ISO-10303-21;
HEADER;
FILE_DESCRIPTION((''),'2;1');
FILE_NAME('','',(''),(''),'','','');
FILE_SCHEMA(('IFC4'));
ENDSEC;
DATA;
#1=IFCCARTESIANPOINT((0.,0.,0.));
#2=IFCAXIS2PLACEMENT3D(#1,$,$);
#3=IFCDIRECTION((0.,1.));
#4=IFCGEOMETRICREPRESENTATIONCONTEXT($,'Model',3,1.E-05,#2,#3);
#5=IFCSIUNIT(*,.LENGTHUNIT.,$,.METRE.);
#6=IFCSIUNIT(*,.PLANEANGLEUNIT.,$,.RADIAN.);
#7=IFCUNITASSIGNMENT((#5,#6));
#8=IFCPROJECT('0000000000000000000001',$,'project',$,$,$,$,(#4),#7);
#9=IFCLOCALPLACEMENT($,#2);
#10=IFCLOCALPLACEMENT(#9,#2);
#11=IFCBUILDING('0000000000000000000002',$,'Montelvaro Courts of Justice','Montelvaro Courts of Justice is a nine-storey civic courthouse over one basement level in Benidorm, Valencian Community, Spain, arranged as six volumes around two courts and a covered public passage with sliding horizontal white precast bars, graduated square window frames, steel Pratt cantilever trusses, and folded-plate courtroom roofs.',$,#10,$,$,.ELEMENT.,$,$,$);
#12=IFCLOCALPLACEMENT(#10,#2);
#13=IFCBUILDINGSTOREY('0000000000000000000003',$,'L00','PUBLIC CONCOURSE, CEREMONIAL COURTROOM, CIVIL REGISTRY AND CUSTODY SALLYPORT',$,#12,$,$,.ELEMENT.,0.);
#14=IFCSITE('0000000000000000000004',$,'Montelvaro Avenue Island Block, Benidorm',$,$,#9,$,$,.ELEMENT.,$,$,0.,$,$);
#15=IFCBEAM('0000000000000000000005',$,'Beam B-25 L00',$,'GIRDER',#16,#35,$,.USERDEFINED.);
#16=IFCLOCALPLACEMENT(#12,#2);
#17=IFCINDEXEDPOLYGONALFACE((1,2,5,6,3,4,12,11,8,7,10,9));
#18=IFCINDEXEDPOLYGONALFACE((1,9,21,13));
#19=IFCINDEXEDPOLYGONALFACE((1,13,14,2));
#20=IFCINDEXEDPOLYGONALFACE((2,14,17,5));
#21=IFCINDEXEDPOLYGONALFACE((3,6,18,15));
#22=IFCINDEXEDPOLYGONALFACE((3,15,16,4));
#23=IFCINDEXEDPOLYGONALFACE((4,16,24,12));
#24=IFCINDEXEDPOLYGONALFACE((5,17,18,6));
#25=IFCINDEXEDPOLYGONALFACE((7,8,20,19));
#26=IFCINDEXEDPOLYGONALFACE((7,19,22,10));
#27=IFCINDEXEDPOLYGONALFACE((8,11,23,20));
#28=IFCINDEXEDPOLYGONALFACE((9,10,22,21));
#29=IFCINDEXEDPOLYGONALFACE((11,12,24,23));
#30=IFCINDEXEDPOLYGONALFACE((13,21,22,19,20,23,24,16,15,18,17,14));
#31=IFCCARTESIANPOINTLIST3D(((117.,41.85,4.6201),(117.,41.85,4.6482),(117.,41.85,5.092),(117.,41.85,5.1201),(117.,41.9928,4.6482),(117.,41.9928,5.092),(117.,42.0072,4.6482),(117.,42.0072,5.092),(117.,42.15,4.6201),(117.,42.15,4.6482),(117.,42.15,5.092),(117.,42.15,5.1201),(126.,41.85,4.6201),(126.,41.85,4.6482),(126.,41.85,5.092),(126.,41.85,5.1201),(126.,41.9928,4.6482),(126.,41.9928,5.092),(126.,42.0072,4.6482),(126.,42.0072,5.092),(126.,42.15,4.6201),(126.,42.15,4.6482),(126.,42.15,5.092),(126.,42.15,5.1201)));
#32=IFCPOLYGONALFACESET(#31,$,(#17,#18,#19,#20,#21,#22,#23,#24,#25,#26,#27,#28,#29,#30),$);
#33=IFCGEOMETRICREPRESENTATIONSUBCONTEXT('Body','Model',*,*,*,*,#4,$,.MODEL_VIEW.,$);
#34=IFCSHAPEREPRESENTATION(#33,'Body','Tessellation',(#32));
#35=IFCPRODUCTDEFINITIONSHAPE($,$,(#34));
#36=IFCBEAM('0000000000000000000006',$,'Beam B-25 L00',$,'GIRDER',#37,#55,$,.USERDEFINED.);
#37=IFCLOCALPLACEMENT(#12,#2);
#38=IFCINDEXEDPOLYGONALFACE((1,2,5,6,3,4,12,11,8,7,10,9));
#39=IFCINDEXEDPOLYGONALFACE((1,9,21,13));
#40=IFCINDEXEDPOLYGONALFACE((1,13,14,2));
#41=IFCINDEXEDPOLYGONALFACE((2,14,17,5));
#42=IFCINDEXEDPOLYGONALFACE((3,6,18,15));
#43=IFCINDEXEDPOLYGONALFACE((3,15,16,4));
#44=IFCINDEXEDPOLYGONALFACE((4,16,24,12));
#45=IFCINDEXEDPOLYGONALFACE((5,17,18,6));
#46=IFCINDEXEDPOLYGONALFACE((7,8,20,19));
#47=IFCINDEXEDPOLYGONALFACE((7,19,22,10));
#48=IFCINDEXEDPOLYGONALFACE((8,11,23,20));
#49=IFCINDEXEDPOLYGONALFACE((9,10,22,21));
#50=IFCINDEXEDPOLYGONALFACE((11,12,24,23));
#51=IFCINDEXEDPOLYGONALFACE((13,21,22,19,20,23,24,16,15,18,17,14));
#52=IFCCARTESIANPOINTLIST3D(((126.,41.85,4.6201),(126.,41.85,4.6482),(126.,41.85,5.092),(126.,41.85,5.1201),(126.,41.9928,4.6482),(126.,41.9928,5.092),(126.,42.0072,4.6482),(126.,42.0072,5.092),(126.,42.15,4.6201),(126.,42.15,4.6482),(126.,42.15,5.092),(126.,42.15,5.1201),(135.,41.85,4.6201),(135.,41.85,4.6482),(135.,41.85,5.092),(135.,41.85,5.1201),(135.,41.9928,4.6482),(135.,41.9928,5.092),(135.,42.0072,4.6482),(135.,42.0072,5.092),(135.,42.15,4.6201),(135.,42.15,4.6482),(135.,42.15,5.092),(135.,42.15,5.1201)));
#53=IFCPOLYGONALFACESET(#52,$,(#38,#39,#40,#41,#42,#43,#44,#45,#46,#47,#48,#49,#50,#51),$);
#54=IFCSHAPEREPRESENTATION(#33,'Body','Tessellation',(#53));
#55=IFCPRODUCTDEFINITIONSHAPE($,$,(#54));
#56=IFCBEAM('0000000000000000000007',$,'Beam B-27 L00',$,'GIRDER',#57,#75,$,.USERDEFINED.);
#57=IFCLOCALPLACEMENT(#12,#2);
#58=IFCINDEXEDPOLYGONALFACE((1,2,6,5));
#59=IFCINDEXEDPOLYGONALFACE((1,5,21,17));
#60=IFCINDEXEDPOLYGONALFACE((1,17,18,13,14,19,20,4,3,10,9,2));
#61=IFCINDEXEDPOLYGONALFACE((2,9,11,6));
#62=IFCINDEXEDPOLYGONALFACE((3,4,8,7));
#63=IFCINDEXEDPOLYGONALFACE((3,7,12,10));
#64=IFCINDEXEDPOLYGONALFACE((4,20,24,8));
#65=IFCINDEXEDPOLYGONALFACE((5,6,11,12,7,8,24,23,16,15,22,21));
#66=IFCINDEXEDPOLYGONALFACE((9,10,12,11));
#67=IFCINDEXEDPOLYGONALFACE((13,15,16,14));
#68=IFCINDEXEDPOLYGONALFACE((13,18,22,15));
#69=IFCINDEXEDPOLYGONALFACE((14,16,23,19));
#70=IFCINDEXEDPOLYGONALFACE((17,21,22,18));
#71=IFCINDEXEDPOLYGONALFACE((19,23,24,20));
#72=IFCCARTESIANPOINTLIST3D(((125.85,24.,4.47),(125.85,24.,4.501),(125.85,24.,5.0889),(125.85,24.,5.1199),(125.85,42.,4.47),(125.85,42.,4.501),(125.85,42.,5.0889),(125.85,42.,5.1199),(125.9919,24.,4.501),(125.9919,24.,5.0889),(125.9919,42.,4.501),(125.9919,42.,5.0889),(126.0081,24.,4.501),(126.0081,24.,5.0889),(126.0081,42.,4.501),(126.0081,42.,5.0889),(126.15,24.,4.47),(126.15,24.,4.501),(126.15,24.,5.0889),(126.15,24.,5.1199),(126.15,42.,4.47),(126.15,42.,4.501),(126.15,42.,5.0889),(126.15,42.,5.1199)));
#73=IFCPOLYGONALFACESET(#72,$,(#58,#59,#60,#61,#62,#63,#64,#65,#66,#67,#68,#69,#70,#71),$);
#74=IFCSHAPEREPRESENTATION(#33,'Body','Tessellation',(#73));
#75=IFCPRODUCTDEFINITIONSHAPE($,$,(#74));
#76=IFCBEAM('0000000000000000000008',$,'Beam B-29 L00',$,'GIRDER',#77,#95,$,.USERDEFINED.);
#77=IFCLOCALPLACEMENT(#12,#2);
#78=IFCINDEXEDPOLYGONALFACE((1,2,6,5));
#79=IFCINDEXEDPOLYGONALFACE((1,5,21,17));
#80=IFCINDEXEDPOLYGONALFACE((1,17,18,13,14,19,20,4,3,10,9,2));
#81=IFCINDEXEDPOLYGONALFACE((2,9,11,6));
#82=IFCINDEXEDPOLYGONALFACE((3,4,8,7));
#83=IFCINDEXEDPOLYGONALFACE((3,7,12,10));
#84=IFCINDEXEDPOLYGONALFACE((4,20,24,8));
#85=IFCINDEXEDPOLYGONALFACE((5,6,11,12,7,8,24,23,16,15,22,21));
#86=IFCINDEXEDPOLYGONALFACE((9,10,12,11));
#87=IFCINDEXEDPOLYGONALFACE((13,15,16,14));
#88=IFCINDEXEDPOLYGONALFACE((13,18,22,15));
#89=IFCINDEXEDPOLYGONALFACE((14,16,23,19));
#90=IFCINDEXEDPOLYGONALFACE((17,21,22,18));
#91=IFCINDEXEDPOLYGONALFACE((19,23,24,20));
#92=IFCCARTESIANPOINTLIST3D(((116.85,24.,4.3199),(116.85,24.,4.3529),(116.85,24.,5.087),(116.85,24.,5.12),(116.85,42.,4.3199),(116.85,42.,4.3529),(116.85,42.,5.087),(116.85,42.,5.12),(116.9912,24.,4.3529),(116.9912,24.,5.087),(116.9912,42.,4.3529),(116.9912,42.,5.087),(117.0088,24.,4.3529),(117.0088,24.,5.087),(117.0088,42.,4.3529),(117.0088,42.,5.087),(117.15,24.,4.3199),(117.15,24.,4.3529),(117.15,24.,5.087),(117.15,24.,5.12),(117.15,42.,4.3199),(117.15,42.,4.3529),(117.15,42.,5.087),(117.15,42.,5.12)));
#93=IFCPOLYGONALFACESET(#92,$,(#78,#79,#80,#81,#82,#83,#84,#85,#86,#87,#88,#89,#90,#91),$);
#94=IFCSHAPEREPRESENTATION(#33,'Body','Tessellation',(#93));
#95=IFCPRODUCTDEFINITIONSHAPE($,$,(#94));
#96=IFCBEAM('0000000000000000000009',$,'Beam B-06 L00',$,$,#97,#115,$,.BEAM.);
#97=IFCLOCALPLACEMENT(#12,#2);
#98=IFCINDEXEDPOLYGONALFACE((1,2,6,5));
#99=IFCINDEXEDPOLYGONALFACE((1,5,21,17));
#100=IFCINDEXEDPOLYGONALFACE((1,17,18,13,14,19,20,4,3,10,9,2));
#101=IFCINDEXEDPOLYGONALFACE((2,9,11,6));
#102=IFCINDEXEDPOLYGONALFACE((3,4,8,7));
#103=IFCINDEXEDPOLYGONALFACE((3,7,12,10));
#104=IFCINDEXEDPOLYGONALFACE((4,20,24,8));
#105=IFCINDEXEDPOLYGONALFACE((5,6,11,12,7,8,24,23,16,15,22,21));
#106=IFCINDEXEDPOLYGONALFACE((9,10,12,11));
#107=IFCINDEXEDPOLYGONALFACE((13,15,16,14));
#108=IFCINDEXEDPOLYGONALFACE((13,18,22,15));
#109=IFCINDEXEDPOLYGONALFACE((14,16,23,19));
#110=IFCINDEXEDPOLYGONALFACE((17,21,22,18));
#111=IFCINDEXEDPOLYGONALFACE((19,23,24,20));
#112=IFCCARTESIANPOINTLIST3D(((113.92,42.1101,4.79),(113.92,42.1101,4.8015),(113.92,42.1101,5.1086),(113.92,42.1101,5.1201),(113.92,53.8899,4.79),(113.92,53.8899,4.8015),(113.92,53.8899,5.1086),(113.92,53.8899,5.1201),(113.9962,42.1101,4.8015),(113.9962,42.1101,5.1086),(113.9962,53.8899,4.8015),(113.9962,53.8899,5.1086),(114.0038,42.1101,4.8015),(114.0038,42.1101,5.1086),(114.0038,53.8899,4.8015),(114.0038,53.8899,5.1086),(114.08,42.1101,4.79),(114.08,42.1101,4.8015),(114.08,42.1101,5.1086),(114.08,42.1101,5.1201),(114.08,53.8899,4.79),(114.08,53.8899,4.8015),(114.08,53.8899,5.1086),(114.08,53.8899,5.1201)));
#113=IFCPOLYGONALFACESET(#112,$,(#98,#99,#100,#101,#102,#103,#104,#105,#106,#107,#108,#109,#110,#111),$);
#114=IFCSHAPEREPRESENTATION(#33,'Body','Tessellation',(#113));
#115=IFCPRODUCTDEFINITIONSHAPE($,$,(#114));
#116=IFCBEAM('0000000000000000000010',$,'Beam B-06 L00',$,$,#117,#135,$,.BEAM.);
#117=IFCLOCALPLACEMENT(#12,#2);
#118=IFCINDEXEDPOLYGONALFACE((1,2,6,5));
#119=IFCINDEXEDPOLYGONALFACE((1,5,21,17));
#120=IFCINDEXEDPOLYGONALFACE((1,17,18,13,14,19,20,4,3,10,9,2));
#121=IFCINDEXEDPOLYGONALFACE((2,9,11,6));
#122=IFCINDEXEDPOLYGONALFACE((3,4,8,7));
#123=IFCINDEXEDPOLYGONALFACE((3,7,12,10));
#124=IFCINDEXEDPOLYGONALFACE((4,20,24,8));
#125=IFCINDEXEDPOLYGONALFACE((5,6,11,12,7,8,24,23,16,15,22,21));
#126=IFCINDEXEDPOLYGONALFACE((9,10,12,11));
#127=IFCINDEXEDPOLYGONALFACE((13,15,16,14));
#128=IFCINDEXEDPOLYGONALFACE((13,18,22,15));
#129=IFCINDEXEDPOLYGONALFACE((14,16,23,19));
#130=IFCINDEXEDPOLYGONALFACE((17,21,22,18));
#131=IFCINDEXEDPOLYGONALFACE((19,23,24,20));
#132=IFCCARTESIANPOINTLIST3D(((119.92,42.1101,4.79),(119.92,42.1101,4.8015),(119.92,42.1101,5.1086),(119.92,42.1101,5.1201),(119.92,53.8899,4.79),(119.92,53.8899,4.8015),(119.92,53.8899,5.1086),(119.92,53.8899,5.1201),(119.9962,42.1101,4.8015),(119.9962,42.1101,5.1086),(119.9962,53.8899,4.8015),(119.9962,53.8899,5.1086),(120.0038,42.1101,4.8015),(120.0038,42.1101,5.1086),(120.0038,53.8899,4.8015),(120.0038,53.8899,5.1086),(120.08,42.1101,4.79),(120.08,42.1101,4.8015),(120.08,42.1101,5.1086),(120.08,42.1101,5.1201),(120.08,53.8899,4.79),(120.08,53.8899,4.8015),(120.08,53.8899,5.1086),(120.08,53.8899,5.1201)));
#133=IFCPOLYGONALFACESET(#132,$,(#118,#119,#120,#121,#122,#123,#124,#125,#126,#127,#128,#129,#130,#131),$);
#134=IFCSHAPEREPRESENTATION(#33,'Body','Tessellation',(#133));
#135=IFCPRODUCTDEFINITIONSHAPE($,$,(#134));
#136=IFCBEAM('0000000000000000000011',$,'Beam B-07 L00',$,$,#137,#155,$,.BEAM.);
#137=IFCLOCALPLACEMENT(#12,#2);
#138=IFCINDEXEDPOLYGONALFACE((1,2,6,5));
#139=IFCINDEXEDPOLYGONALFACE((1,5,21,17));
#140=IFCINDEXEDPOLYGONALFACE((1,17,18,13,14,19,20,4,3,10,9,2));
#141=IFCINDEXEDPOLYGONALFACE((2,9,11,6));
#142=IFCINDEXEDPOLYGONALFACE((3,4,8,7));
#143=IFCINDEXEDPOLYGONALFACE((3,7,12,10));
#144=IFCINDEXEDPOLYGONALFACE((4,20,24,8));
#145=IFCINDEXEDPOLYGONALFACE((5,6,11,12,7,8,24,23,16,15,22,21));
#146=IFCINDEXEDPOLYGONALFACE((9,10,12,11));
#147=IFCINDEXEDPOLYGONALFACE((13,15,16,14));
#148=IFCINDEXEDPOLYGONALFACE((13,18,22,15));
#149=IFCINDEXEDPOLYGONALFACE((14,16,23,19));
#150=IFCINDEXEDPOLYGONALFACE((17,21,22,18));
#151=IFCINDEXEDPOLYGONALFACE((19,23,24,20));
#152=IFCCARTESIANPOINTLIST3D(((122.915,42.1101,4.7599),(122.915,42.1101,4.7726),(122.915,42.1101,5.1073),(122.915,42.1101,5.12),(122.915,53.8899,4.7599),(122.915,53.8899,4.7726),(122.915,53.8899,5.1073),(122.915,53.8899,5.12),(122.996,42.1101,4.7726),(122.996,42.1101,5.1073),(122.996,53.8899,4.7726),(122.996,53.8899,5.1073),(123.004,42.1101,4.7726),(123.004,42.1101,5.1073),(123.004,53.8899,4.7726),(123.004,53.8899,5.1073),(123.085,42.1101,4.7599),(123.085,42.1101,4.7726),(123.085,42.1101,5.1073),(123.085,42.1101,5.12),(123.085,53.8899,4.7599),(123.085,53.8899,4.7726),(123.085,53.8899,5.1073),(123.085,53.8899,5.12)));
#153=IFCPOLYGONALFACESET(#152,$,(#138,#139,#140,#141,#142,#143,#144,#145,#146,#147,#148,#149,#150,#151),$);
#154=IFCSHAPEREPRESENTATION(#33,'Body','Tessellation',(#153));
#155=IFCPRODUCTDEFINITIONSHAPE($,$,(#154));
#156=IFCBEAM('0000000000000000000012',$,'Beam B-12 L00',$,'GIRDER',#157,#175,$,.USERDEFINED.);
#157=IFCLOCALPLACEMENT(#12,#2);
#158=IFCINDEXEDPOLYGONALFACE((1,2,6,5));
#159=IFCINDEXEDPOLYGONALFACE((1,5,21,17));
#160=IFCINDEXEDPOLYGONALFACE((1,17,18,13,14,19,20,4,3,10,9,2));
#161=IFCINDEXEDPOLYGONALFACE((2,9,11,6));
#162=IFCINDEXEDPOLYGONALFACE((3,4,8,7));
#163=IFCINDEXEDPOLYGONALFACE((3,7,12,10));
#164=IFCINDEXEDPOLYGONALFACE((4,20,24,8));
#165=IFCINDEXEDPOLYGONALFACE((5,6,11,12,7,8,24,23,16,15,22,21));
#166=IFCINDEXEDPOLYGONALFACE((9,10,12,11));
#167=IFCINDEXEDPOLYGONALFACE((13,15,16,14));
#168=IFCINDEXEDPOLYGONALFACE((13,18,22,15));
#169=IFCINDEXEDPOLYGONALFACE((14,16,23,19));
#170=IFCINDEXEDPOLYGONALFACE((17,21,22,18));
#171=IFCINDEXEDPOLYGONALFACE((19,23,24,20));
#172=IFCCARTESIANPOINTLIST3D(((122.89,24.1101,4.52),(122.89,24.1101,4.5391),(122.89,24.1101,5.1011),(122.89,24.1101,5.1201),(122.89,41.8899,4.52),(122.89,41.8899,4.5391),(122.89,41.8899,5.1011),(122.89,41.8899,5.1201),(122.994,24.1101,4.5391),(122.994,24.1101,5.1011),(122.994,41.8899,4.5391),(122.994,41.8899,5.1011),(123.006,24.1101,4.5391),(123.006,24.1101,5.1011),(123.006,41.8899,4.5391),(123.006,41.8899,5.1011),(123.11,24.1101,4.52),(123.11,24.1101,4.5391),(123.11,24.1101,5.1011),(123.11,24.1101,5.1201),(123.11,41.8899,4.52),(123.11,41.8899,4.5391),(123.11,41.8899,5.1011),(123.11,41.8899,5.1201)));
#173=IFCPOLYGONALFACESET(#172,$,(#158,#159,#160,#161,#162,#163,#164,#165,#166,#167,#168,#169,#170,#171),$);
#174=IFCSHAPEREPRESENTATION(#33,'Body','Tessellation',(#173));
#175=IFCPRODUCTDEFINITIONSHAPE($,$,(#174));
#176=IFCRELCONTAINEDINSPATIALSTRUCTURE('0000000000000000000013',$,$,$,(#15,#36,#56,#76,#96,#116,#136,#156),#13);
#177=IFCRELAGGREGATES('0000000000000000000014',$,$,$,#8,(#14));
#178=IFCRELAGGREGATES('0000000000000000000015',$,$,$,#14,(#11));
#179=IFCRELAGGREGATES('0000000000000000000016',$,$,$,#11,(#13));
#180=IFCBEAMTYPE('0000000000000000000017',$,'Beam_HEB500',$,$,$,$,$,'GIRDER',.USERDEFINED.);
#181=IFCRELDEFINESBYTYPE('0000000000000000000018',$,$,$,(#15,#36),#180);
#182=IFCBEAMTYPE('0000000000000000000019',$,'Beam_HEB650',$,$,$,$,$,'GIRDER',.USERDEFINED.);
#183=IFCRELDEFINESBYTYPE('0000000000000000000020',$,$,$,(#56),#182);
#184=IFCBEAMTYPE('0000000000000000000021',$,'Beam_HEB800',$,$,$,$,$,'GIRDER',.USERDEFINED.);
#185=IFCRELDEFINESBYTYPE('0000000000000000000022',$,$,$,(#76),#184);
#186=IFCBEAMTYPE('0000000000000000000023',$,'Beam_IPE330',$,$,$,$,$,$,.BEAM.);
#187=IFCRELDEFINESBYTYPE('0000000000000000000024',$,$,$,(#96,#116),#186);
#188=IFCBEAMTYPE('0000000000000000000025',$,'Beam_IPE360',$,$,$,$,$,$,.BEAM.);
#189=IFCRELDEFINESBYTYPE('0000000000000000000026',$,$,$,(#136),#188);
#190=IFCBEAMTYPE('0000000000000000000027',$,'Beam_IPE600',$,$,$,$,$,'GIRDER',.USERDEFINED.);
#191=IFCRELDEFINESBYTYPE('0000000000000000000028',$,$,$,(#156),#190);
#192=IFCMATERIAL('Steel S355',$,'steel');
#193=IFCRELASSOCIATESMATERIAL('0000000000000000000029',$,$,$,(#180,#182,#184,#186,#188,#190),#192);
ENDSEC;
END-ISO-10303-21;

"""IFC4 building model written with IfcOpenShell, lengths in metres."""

from ifc_helpers import new_model, si_unit, direction, frame, origin, origin_2d, place, context, subcontext, project, spatial, i_section, extrude, material, material_profile, profile_set, type_object, element, save


model = new_model("IFC4")

# Units and contexts
model_context = context("Model", 3, precision=1e-05, world=origin(), true_north=direction((0.0, 1.0)))
body_context = subcontext(model_context, "Body", "Model", "MODEL_VIEW")
ifc_project = project(units=[si_unit("LENGTHUNIT", "METRE"), si_unit("PLANEANGLEUNIT", "RADIAN")], contexts=[model_context])

# Site, building, storey
site_placement = place(None, origin())
site = spatial("IfcSite", under=ifc_project, at=site_placement, Name="Montelvaro Avenue Island Block, Benidorm", CompositionType="ELEMENT", RefElevation=0.0)
building_placement = place(site_placement, origin())
building = spatial("IfcBuilding", under=site, at=building_placement, Name="Montelvaro Courts of Justice", Description="Montelvaro Courts of Justice is a nine-storey civic courthouse over one basement level in Benidorm, Valencian Community, Spain, arranged as six volumes around two courts and a covered public passage with sliding horizontal white precast bars, graduated square window frames, steel Pratt cantilever trusses, and folded-plate courtroom roofs.", CompositionType="ELEMENT")
storey_placement = place(building_placement, origin())
storey = spatial("IfcBuildingStorey", under=building, at=storey_placement, Name="L00", Description="PUBLIC CONCOURSE, CEREMONIAL COURTROOM, CIVIL REGISTRY AND CUSTODY SALLYPORT", CompositionType="ELEMENT", Elevation=0.0)

# Shared definitions
ifc_material_1 = material(Name="Steel S355", Category="steel")

# Beams
ifc_material_profile_1 = material_profile(ifc_material_1, i_section(OverallWidth=0.3, OverallDepth=0.5, WebThickness=0.0144, FlangeThickness=0.0281, at=origin_2d()), Name="HEB 500")
ifc_profile_set_1 = profile_set([ifc_material_profile_1], Name="Steel S355")
beam_type_1 = type_object("IfcBeamType", Name="Beam_HEB500", ElementType="GIRDER", PredefinedType="USERDEFINED", material=ifc_profile_set_1)
for number, where, z_axis, x_axis, name in (
    (1, (117.0, 42.0, 4.8701), (1.0, 0.0, 0.0), (0.0, 1.0, 0.0), "Beam B-25 L00"),
    (2, (126.0, 42.0, 4.8701), (1.0, 0.0, 0.0), (0.0, 1.0, 0.0), "Beam B-25 L00"),
):
    element("IfcBeam", number, at=place(storey_placement, frame(where, z_axis=z_axis, x_axis=x_axis)), inside=storey, type_object=beam_type_1, Name=name, ObjectType="GIRDER", PredefinedType="USERDEFINED", context=body_context, shape_type="SweptSolid", body=[
        extrude(i_section(OverallWidth=0.3, OverallDepth=0.5, WebThickness=0.0144, FlangeThickness=0.0281, at=origin_2d()), origin(), (0.0, 0.0, 1.0), 9.0),
    ])
ifc_material_profile_2 = material_profile(ifc_material_1, i_section(OverallWidth=0.3, OverallDepth=0.6499, WebThickness=0.0161, FlangeThickness=0.031, at=origin_2d()), Name="HEB 650")
ifc_profile_set_2 = profile_set([ifc_material_profile_2], Name="Steel S355")
beam_type_2 = type_object("IfcBeamType", Name="Beam_HEB650", ElementType="GIRDER", PredefinedType="USERDEFINED", material=ifc_profile_set_2)
beam_1_placement = place(storey_placement, frame((126.0, 24.0, 4.7949), z_axis=(0.0, 1.0, 0.0), x_axis=(-1.0, 0.0, 0.0)))
element("IfcBeam", 3, at=beam_1_placement, inside=storey, type_object=beam_type_2, Name="Beam B-27 L00", ObjectType="GIRDER", PredefinedType="USERDEFINED", context=body_context, shape_type="SweptSolid", body=[
    extrude(i_section(OverallWidth=0.3, OverallDepth=0.6499, WebThickness=0.0161, FlangeThickness=0.031, at=origin_2d()), origin(), (0.0, 0.0, 1.0), 18.0),
])
ifc_material_profile_3 = material_profile(ifc_material_1, i_section(OverallWidth=0.3, OverallDepth=0.8, WebThickness=0.0176, FlangeThickness=0.033, at=origin_2d()), Name="HEB 800")
ifc_profile_set_3 = profile_set([ifc_material_profile_3], Name="Steel S355")
beam_type_3 = type_object("IfcBeamType", Name="Beam_HEB800", ElementType="GIRDER", PredefinedType="USERDEFINED", material=ifc_profile_set_3)
beam_2_placement = place(storey_placement, frame((117.0, 24.0, 4.72), z_axis=(0.0, 1.0, 0.0), x_axis=(-1.0, 0.0, 0.0)))
element("IfcBeam", 4, at=beam_2_placement, inside=storey, type_object=beam_type_3, Name="Beam B-29 L00", ObjectType="GIRDER", PredefinedType="USERDEFINED", context=body_context, shape_type="SweptSolid", body=[
    extrude(i_section(OverallWidth=0.3, OverallDepth=0.8, WebThickness=0.0176, FlangeThickness=0.033, at=origin_2d()), origin(), (0.0, 0.0, 1.0), 18.0),
])
ifc_material_profile_4 = material_profile(ifc_material_1, i_section(OverallWidth=0.1599, OverallDepth=0.3301, WebThickness=0.0076, FlangeThickness=0.0115, at=origin_2d()), Name="IPE 330")
ifc_profile_set_4 = profile_set([ifc_material_profile_4], Name="Steel S355")
beam_type_4 = type_object("IfcBeamType", Name="Beam_IPE330", PredefinedType="BEAM", material=ifc_profile_set_4)
for number, where, z_axis, x_axis, name in (
    (5, (114.0, 42.1101, 4.9551), (0.0, 1.0, 0.0), (-1.0, 0.0, 0.0), "Beam B-06 L00"),
    (6, (120.0, 42.1101, 4.9551), (0.0, 1.0, 0.0), (-1.0, 0.0, 0.0), "Beam B-06 L00"),
):
    element("IfcBeam", number, at=place(storey_placement, frame(where, z_axis=z_axis, x_axis=x_axis)), inside=storey, type_object=beam_type_4, Name=name, PredefinedType="BEAM", context=body_context, shape_type="SweptSolid", body=[
        extrude(i_section(OverallWidth=0.1599, OverallDepth=0.3301, WebThickness=0.0076, FlangeThickness=0.0115, at=origin_2d()), origin(), (0.0, 0.0, 1.0), 11.7798),
    ])
ifc_material_profile_5 = material_profile(ifc_material_1, i_section(OverallWidth=0.1699, OverallDepth=0.3601, WebThickness=0.0081, FlangeThickness=0.0127, at=origin_2d()), Name="IPE 360")
ifc_profile_set_5 = profile_set([ifc_material_profile_5], Name="Steel S355")
beam_type_5 = type_object("IfcBeamType", Name="Beam_IPE360", PredefinedType="BEAM", material=ifc_profile_set_5)
beam_3_placement = place(storey_placement, frame((123.0, 42.1101, 4.9399), z_axis=(0.0, 1.0, 0.0), x_axis=(-1.0, 0.0, 0.0)))
element("IfcBeam", 7, at=beam_3_placement, inside=storey, type_object=beam_type_5, Name="Beam B-07 L00", PredefinedType="BEAM", context=body_context, shape_type="SweptSolid", body=[
    extrude(i_section(OverallWidth=0.1699, OverallDepth=0.3601, WebThickness=0.0081, FlangeThickness=0.0127, at=origin_2d()), origin(), (0.0, 0.0, 1.0), 11.7798),
])
ifc_material_profile_6 = material_profile(ifc_material_1, i_section(OverallWidth=0.22, OverallDepth=0.6001, WebThickness=0.012, FlangeThickness=0.019, at=origin_2d()), Name="IPE 600")
ifc_profile_set_6 = profile_set([ifc_material_profile_6], Name="Steel S355")
beam_type_6 = type_object("IfcBeamType", Name="Beam_IPE600", ElementType="GIRDER", PredefinedType="USERDEFINED", material=ifc_profile_set_6)
for number, where, z_axis, x_axis, name in (
    (8, (123.0, 24.1101, 4.8201), (0.0, 1.0, 0.0), (-1.0, 0.0, 0.0), "Beam B-12 L00"),
):
    element("IfcBeam", number, at=place(storey_placement, frame(where, z_axis=z_axis, x_axis=x_axis)), inside=storey, type_object=beam_type_6, Name=name, ObjectType="GIRDER", PredefinedType="USERDEFINED", context=body_context, shape_type="SweptSolid", body=[
        extrude(i_section(OverallWidth=0.22, OverallDepth=0.6001, WebThickness=0.012, FlangeThickness=0.019, at=origin_2d()), origin(), (0.0, 0.0, 1.0), 17.7798),
    ])

save(model, "model.ifc")
